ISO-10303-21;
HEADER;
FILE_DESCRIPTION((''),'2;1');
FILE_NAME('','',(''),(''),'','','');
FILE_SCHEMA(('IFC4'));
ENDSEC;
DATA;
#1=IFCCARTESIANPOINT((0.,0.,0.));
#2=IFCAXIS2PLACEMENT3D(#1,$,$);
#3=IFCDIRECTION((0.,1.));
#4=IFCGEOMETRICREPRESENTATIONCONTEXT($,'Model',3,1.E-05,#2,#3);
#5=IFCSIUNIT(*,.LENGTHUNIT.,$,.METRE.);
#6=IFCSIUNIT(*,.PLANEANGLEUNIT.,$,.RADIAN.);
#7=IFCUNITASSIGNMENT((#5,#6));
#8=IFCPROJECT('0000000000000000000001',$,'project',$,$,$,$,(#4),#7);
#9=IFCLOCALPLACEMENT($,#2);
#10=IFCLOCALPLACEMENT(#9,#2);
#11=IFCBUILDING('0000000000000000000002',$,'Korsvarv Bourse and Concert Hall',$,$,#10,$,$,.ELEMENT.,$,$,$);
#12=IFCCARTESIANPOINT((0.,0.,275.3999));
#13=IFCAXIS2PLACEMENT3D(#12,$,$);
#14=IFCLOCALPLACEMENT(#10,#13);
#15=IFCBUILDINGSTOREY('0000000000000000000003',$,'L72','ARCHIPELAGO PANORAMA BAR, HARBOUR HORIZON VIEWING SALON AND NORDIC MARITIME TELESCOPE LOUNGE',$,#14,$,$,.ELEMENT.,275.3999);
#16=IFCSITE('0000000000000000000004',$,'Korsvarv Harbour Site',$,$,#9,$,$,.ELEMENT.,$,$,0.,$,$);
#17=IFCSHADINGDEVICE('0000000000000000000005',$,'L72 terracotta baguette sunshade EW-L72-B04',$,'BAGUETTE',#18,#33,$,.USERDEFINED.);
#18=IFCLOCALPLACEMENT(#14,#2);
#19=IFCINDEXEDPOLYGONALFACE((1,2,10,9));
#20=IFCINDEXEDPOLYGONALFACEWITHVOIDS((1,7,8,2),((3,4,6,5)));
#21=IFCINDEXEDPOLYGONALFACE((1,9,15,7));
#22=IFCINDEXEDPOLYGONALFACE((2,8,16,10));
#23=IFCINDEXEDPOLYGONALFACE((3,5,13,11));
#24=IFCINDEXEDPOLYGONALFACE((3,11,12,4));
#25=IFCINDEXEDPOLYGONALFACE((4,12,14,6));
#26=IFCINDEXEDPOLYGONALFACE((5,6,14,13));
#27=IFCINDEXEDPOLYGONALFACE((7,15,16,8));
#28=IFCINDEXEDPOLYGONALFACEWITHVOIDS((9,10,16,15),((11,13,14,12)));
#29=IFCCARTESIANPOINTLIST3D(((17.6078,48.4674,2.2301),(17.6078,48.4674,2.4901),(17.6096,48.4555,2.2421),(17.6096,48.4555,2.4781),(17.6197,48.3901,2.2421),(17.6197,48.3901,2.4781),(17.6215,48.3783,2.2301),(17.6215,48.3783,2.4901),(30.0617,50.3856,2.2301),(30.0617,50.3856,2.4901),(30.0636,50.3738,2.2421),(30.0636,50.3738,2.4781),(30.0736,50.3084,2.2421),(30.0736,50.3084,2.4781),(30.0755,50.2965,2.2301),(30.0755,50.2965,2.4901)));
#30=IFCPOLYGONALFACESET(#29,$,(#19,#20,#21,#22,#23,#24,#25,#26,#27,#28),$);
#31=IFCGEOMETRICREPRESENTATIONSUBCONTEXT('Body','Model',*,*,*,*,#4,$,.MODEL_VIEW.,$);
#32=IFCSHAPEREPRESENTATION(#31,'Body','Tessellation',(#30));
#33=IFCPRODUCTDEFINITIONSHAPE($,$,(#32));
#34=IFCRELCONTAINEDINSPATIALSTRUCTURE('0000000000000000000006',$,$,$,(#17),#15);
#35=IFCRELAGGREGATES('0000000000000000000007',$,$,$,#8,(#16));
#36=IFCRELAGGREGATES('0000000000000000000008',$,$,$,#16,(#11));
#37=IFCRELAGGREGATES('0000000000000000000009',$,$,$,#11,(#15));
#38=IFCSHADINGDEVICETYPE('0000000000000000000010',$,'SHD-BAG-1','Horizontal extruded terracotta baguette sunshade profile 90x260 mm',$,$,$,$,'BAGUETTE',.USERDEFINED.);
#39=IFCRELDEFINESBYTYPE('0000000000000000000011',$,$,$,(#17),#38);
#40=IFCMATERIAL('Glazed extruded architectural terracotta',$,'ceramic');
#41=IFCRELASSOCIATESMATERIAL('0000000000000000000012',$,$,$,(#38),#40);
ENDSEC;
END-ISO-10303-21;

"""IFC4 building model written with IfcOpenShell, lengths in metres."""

from ifc_helpers import new_model, si_unit, direction, frame, origin, origin_2d, place, context, subcontext, project, spatial, hollow_rectangle, extrude, source, transform, mapped, material, material_profile, profile_set, type_object, element, save


model = new_model("IFC4")

# Units and contexts
model_context = context("Model", 3, precision=1e-05, world=origin(), true_north=direction((0.0, 1.0)))
body_context = subcontext(model_context, "Body", "Model", "MODEL_VIEW")
ifc_project = project(units=[si_unit("LENGTHUNIT", "METRE"), si_unit("PLANEANGLEUNIT", "RADIAN")], contexts=[model_context])

# Site, building, storey
site_placement = place(None, origin())
site = spatial("IfcSite", under=ifc_project, at=site_placement, Name="Korsvarv Harbour Site", CompositionType="ELEMENT", RefElevation=0.0)
building_placement = place(site_placement, origin())
building = spatial("IfcBuilding", under=site, at=building_placement, Name="Korsvarv Bourse and Concert Hall", CompositionType="ELEMENT")
storey_placement = place(building_placement, frame((0.0, 0.0, 275.3999)))
storey = spatial("IfcBuildingStorey", under=building, at=storey_placement, Name="L72", Description="ARCHIPELAGO PANORAMA BAR, HARBOUR HORIZON VIEWING SALON AND NORDIC MARITIME TELESCOPE LOUNGE", CompositionType="ELEMENT", Elevation=275.3999)

# Shading device
ifc_material_1 = material(Name="Glazed extruded architectural terracotta", Category="ceramic")
ifc_material_profile_1 = material_profile(ifc_material_1, hollow_rectangle(XDim=0.0901, YDim=0.26, WallThickness=0.012, at=origin_2d()), Name="TC-BAG 90x260")
ifc_profile_set_1 = profile_set([ifc_material_profile_1], Name="Glazed extruded architectural terracotta")
shading_device_type = type_object("IfcShadingDeviceType", Name="SHD-BAG-1", Description="Horizontal extruded terracotta baguette sunshade profile 90x260 mm", ElementType="BAGUETTE", PredefinedType="USERDEFINED", material=ifc_profile_set_1)
shared_shape_1 = source(origin(), body_context, "Body", "SweptSolid", [
    extrude(hollow_rectangle(XDim=0.0901, YDim=0.26, WallThickness=0.012, at=origin_2d()), origin(), (0.0, 0.0, 1.0), 12.6008),
])
shading_device_placement = place(storey_placement, frame((30.0686, 50.3411, 2.3601), z_axis=(-0.988345, -0.15223, 0.0), x_axis=(0.15223, -0.988345, 0.0)))
element("IfcShadingDevice", 1, at=shading_device_placement, inside=storey, type_object=shading_device_type, Name="L72 terracotta baguette sunshade EW-L72-B04", ObjectType="BAGUETTE", PredefinedType="USERDEFINED", context=body_context, shape_type="MappedRepresentation", body=[
    mapped(shared_shape_1, transform((0.0, 0.0, 0.0), scale=1.0)),
])

save(model, "model.ifc")
